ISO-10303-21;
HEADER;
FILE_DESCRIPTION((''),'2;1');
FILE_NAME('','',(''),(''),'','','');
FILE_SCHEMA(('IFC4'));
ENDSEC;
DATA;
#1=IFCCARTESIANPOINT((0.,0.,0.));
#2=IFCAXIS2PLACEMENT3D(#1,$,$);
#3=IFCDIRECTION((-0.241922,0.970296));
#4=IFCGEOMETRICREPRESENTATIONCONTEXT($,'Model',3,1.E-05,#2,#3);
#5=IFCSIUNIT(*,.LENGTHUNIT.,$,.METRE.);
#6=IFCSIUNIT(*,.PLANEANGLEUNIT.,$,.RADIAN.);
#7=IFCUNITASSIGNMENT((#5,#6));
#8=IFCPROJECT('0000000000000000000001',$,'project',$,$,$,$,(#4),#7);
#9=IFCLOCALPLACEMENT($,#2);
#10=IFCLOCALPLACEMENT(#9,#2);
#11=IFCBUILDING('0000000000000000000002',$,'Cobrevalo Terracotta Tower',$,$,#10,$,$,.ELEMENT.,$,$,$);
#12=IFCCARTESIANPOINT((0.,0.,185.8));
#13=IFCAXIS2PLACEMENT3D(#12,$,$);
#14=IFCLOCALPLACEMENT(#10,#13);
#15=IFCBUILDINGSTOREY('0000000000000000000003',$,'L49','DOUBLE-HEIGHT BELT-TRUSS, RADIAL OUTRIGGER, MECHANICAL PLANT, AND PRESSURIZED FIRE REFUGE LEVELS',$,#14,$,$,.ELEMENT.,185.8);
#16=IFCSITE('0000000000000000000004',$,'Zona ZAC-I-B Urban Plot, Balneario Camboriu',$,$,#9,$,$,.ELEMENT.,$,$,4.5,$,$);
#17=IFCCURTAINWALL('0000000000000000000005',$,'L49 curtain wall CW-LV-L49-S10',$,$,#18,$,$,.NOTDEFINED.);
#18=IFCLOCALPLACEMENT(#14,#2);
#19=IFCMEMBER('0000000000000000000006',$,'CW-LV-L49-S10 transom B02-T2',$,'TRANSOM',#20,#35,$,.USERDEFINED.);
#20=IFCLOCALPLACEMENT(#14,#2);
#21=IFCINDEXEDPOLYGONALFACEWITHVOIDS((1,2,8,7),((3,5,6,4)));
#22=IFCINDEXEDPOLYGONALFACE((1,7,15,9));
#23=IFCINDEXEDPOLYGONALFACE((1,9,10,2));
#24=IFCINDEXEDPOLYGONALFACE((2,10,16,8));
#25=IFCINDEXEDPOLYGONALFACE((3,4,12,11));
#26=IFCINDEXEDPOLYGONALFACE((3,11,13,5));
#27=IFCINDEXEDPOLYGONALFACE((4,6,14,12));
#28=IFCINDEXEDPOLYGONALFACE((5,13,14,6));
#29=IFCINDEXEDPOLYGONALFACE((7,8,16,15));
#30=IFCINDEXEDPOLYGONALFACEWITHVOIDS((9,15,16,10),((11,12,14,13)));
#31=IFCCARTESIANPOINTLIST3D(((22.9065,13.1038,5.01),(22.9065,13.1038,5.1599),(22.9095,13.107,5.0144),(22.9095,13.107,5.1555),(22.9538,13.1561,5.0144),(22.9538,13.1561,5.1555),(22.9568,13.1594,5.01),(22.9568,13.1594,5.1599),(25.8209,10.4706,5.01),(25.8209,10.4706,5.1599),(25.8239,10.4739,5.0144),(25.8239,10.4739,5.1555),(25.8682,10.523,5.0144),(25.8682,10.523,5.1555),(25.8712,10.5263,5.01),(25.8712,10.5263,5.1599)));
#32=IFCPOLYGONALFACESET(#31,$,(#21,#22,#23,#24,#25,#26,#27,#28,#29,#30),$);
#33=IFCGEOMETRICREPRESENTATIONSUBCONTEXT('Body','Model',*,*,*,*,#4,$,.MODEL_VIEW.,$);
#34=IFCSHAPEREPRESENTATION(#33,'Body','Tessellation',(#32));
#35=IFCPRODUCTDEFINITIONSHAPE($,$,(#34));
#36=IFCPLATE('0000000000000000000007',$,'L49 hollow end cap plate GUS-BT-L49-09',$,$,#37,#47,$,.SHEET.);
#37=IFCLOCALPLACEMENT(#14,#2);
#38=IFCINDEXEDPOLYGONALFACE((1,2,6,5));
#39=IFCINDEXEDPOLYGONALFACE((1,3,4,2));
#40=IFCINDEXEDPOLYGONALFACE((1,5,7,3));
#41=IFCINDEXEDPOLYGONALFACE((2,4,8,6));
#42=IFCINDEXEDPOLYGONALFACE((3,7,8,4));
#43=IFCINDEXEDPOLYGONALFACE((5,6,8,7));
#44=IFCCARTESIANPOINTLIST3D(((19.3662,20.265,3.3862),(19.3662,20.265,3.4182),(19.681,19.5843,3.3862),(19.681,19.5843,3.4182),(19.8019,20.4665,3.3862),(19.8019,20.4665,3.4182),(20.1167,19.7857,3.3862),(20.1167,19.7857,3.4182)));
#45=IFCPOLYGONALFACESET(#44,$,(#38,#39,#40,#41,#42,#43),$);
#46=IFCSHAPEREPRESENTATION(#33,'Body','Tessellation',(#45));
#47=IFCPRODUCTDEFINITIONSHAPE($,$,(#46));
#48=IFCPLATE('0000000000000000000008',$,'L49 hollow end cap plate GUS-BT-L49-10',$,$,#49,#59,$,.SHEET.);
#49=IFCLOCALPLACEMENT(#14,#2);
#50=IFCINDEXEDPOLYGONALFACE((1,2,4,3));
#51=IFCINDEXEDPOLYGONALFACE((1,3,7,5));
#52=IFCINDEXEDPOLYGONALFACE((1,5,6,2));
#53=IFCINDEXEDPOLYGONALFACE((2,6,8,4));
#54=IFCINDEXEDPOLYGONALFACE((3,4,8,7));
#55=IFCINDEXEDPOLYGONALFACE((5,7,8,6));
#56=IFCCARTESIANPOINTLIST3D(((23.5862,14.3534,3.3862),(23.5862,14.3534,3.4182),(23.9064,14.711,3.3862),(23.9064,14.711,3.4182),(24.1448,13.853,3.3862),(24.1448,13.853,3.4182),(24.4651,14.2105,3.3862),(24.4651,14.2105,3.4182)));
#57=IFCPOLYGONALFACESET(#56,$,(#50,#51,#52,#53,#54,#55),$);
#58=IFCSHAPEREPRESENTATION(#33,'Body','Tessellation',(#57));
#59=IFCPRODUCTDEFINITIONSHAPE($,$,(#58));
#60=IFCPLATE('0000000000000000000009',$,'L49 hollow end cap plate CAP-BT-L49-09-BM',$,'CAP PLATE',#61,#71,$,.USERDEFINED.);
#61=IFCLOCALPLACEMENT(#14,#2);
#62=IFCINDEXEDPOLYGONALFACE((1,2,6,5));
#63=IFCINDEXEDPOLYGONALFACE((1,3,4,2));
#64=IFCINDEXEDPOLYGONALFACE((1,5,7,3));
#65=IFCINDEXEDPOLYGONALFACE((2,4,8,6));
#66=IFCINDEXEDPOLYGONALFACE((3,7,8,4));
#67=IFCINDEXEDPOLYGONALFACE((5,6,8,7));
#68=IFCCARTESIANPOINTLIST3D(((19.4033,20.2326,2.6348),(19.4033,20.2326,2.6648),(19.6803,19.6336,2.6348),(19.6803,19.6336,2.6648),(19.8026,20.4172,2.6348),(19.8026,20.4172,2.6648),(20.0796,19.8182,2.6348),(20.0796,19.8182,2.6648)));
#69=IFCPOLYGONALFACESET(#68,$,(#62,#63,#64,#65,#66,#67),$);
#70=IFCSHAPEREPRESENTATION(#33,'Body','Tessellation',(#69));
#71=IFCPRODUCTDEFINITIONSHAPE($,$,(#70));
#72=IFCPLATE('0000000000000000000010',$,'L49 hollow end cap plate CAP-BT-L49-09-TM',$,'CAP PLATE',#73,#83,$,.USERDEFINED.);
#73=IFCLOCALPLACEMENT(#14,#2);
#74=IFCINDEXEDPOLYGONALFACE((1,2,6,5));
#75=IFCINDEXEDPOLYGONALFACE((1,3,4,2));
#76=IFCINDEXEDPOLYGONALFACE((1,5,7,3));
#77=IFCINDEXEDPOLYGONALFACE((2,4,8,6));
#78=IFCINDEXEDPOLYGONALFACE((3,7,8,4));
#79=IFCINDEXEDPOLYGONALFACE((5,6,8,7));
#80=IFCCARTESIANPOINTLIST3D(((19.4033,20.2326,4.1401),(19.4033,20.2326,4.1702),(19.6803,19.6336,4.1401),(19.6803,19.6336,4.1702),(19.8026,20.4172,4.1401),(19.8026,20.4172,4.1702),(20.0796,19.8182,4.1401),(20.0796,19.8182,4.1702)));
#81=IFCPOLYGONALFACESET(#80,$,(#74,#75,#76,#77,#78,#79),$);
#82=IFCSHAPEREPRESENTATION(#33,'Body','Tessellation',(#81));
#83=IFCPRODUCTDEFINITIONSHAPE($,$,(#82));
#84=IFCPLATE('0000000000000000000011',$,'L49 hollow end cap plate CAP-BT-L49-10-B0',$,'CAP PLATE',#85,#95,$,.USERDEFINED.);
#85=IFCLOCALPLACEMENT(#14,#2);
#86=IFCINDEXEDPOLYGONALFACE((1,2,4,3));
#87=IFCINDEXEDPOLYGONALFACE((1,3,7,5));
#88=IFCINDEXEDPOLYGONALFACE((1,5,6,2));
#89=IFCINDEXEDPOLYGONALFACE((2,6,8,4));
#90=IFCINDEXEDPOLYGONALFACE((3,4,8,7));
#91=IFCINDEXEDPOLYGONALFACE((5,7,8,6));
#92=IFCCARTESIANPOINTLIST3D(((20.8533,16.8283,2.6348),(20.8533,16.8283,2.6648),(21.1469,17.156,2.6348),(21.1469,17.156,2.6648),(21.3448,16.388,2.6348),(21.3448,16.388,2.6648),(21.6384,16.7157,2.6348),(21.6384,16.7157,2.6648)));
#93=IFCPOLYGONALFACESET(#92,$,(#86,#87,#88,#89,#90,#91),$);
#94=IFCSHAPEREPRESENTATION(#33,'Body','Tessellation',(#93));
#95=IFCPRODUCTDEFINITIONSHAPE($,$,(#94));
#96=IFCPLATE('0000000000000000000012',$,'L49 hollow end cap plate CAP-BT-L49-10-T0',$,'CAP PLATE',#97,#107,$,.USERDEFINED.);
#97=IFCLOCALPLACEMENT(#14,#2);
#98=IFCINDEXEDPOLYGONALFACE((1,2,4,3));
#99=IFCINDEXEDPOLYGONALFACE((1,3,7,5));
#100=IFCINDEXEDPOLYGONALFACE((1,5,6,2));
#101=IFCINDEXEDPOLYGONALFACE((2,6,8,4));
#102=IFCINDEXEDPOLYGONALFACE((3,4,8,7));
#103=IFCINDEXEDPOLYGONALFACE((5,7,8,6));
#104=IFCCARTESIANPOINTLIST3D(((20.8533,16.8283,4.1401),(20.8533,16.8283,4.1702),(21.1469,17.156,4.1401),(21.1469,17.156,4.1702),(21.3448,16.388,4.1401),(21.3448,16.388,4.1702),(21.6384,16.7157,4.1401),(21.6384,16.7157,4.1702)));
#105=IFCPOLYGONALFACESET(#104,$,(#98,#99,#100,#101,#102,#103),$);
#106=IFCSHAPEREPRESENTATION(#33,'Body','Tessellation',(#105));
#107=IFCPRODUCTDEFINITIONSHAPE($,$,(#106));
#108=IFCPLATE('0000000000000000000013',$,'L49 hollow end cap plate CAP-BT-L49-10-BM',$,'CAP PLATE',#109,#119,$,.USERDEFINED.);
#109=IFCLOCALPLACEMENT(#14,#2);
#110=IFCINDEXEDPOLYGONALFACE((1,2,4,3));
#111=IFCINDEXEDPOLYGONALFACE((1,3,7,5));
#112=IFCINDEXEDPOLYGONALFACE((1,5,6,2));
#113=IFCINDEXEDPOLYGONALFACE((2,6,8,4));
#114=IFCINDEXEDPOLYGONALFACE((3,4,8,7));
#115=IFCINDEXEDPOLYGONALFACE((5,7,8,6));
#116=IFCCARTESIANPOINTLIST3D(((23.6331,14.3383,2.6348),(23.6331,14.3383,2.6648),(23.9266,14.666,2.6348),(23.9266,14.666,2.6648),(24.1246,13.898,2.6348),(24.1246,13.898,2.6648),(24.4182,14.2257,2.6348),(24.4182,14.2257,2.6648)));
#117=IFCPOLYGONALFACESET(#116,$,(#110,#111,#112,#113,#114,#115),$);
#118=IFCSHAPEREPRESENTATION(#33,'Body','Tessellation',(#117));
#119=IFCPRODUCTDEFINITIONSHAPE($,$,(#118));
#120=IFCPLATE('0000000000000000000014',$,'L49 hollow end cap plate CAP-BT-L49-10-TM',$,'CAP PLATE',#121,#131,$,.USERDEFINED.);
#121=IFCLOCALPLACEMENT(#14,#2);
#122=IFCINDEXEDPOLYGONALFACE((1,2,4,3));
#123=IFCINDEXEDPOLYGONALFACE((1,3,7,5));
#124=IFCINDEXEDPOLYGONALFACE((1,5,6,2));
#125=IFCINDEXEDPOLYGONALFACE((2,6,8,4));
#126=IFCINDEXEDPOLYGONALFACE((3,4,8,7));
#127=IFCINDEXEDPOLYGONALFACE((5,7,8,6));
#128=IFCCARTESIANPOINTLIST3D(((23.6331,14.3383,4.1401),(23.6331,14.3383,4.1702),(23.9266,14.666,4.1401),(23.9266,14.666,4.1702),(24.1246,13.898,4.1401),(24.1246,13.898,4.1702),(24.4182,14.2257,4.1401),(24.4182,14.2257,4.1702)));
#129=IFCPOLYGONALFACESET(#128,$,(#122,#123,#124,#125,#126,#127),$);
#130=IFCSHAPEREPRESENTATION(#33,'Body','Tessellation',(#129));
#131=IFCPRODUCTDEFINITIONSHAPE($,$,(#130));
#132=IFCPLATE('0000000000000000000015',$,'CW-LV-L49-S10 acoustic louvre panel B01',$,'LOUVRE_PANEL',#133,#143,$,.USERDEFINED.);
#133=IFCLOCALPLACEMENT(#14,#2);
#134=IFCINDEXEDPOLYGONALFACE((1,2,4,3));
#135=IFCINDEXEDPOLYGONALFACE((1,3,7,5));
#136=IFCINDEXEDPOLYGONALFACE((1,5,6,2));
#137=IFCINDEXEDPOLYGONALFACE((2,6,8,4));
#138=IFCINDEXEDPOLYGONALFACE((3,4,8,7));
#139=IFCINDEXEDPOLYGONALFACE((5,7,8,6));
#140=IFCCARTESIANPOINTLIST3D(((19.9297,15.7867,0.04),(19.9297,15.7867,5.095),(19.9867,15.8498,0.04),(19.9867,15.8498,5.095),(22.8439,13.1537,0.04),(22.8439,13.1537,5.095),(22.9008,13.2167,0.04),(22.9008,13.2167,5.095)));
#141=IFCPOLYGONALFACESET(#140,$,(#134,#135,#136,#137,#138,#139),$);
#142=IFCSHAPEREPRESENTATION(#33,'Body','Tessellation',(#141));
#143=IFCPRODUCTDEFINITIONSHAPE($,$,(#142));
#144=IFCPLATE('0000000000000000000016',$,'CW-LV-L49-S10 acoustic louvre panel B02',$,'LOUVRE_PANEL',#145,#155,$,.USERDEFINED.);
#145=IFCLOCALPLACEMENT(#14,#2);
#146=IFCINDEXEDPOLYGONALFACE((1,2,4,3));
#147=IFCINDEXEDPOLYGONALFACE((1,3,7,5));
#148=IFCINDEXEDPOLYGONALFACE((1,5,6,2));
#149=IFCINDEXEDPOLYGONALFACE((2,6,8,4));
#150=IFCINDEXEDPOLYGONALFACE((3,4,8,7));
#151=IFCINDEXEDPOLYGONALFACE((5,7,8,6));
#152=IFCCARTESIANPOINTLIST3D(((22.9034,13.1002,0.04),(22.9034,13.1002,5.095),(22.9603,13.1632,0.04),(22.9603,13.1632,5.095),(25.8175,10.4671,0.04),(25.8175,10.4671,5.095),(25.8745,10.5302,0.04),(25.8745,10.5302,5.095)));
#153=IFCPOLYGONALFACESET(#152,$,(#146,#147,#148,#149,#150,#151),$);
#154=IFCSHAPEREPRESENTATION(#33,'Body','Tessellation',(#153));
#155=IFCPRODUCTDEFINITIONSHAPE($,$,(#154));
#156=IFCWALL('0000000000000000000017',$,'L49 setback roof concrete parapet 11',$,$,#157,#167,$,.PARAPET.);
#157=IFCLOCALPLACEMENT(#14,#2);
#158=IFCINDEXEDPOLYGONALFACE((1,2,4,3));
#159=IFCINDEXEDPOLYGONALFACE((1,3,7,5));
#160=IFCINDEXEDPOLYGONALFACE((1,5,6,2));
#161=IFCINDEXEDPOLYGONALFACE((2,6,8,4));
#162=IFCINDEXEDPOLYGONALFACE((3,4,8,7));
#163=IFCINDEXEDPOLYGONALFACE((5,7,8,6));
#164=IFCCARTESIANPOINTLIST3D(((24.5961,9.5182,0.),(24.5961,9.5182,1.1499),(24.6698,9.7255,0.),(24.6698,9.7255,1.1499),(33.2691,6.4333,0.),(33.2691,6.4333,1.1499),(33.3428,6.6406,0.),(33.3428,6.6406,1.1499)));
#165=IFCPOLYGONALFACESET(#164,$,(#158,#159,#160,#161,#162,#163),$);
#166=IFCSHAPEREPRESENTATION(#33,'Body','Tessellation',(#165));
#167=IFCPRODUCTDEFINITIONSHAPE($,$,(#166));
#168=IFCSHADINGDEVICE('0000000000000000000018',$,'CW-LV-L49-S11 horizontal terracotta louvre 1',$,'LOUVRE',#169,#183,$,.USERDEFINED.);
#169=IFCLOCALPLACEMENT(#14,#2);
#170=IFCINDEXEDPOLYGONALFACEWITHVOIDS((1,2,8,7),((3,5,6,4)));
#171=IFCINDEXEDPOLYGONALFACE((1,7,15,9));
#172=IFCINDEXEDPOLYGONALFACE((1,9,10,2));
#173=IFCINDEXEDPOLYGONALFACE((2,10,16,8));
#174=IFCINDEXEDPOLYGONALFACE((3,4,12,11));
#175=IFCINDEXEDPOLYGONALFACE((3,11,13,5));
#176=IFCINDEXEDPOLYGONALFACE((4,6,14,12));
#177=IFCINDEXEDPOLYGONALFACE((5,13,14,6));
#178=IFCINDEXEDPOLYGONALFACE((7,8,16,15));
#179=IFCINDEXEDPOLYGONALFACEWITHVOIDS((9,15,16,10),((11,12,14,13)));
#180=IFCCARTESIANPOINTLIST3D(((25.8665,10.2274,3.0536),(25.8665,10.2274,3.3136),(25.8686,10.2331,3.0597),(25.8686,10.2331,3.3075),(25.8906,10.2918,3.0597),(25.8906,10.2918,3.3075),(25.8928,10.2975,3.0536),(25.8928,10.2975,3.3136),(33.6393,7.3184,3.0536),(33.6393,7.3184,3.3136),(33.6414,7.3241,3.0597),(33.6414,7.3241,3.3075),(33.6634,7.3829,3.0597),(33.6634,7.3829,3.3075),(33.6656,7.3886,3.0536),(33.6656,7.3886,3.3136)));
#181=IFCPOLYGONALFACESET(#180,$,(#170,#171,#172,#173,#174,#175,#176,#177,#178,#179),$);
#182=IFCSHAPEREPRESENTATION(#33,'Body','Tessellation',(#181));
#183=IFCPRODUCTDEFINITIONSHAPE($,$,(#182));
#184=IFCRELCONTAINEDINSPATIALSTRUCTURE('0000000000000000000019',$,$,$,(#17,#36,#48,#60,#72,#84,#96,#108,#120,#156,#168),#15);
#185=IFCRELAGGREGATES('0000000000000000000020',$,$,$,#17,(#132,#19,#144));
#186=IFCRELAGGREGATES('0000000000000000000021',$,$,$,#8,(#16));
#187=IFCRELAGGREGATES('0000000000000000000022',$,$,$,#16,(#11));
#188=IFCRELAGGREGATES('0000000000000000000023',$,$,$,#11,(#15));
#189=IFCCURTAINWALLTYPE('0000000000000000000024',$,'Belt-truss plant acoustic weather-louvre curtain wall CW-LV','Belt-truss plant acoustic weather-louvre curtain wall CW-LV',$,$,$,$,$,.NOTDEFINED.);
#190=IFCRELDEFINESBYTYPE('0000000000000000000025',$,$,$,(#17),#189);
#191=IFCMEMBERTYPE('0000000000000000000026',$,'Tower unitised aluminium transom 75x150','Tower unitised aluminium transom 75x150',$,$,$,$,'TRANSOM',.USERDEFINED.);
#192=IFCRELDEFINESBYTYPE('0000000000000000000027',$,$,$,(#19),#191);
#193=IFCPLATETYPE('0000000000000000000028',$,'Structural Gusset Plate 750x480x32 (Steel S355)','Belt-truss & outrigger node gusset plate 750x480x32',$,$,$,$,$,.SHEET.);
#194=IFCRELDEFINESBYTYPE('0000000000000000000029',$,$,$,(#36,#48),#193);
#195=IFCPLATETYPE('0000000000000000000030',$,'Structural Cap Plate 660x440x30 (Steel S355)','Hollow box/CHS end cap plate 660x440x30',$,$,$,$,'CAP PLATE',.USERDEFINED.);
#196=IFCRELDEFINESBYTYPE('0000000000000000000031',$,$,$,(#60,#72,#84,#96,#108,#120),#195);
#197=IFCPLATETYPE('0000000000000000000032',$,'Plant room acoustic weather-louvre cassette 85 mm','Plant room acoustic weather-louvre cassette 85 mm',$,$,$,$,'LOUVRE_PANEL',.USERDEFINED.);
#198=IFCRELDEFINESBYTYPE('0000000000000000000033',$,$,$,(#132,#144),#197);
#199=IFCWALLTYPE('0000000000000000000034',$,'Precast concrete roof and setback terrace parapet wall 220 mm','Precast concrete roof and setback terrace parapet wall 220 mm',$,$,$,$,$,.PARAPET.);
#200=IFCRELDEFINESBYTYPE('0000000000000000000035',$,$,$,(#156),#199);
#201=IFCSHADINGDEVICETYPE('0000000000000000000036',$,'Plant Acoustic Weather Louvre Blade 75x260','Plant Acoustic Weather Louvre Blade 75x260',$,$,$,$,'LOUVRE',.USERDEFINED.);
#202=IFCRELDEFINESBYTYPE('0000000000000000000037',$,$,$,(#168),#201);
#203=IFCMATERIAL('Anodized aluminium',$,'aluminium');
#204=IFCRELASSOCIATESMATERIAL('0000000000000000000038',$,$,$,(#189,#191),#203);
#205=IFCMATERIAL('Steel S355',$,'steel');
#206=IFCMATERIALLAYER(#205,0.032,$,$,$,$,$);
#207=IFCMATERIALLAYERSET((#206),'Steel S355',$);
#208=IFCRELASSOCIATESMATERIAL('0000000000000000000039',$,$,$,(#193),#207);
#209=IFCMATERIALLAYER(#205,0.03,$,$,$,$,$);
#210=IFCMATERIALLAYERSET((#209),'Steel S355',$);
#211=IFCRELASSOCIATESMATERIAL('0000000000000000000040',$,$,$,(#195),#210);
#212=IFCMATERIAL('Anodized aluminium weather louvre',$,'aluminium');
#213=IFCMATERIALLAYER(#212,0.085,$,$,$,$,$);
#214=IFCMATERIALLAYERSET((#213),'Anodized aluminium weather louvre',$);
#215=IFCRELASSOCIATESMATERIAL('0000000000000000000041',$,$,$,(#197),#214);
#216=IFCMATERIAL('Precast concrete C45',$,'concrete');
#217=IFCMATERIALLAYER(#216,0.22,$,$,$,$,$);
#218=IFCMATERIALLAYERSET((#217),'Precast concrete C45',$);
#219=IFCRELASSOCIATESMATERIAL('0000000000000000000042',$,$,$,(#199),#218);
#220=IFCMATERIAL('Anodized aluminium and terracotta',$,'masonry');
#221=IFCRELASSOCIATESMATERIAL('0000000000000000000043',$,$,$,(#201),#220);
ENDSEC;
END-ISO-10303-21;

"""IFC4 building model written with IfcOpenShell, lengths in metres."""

from ifc_helpers import new_model, si_unit, direction, frame, frame_2d, origin, origin_2d, place, context, subcontext, project, spatial, rectangle, hollow_rectangle, extrude, source, transform, mapped, material, layer, layer_set, material_profile, profile_set, type_object, element, aggregate, save


model = new_model("IFC4")

# Units and contexts
model_context = context("Model", 3, precision=1e-05, world=origin(), true_north=direction((-0.241922, 0.970296)))
body_context = subcontext(model_context, "Body", "Model", "MODEL_VIEW")
ifc_project = project(units=[si_unit("LENGTHUNIT", "METRE"), si_unit("PLANEANGLEUNIT", "RADIAN")], contexts=[model_context])

# Site, building, storey
site_placement = place(None, origin())
site = spatial("IfcSite", under=ifc_project, at=site_placement, Name="Zona ZAC-I-B Urban Plot, Balneario Camboriu", CompositionType="ELEMENT", RefElevation=4.5)
building_placement = place(site_placement, origin())
building = spatial("IfcBuilding", under=site, at=building_placement, Name="Cobrevalo Terracotta Tower", CompositionType="ELEMENT")
storey_placement = place(building_placement, frame((0.0, 0.0, 185.8)))
storey = spatial("IfcBuildingStorey", under=building, at=storey_placement, Name="L49", Description="DOUBLE-HEIGHT BELT-TRUSS, RADIAL OUTRIGGER, MECHANICAL PLANT, AND PRESSURIZED FIRE REFUGE LEVELS", CompositionType="ELEMENT", Elevation=185.8)

# Shared definitions
ifc_material_1 = material(Name="Steel S355", Category="steel")

# Shared definitions
ifc_material_2 = material(Name="Anodized aluminium", Category="aluminium")
curtain_wall_type = type_object("IfcCurtainWallType", Name="Belt-truss plant acoustic weather-louvre curtain wall CW-LV", Description="Belt-truss plant acoustic weather-louvre curtain wall CW-LV", PredefinedType="NOTDEFINED", material=ifc_material_2)

# Curtain wall, member
curtain_wall_1_placement = place(storey_placement, origin())
curtain_wall_1 = element("IfcCurtainWall", 1, at=curtain_wall_1_placement, inside=storey, type_object=curtain_wall_type, Name="L49 curtain wall CW-LV-L49-S10", PredefinedType="NOTDEFINED")
ifc_material_profile_1 = material_profile(ifc_material_2, hollow_rectangle(XDim=0.075, YDim=0.1499, WallThickness=0.0044, at=origin_2d()), Name="CWT 75x150")
ifc_profile_set_1 = profile_set([ifc_material_profile_1], Name="Anodized aluminium")
member_type_1 = type_object("IfcMemberType", Name="Tower unitised aluminium transom 75x150", Description="Tower unitised aluminium transom 75x150", ElementType="TRANSOM", PredefinedType="USERDEFINED", material=ifc_profile_set_1)
shared_shape_1 = source(origin(), body_context, "Body", "SweptSolid", [
    extrude(hollow_rectangle(XDim=0.075, YDim=0.1499, WallThickness=0.0044, at=origin_2d()), origin(), (0.0, 0.0, 1.0), 3.9277),
])
member_1_placement = place(storey_placement, frame((22.9316, 13.1316, 5.085), z_axis=(0.742004, -0.670396, 0.0), x_axis=(0.670396, 0.742004, 0.0)))
member_1 = element("IfcMember", 2, at=member_1_placement, type_object=member_type_1, Name="CW-LV-L49-S10 transom B02-T2", ObjectType="TRANSOM", PredefinedType="USERDEFINED", context=body_context, shape_type="MappedRepresentation", body=[
    mapped(shared_shape_1, transform((0.0, 0.0, 0.0), scale=1.0)),
])

# Plates
ifc_layer_1 = layer(ifc_material_1, 0.032)
ifc_layer_set_1 = layer_set([ifc_layer_1], Name="Steel S355")
plate_type_1 = type_object("IfcPlateType", Name="Structural Gusset Plate 750x480x32 (Steel S355)", Description="Belt-truss & outrigger node gusset plate 750x480x32", PredefinedType="SHEET", material=ifc_layer_set_1)
shared_shape_2 = source(origin(), body_context, "Body", "SweptSolid", [
    extrude(rectangle(XDim=0.75, YDim=0.48, at=origin_2d()), origin(), (0.0, 0.0, 1.0), 0.032),
])
for number, where, z_axis, x_axis, name in (
    (3, (19.7415, 20.0254, 3.3862), (0.0, 0.0, 1.0), (0.419706, -0.90766, 0.0), "L49 hollow end cap plate GUS-BT-L49-09"),
    (4, (24.0256, 14.282, 3.3862), (0.0, 0.0, 1.0), (0.744854, -0.667227, 0.0), "L49 hollow end cap plate GUS-BT-L49-10"),
):
    element("IfcPlate", number, at=place(storey_placement, frame(where, z_axis=z_axis, x_axis=x_axis)), inside=storey, type_object=plate_type_1, Name=name, PredefinedType="SHEET", context=body_context, shape_type="MappedRepresentation", body=[
        mapped(shared_shape_2, transform((0.0, 0.0, 0.0), scale=1.0)),
    ])
ifc_layer_2 = layer(ifc_material_1, 0.03)
ifc_layer_set_2 = layer_set([ifc_layer_2], Name="Steel S355")
plate_type_2 = type_object("IfcPlateType", Name="Structural Cap Plate 660x440x30 (Steel S355)", Description="Hollow box/CHS end cap plate 660x440x30", ElementType="CAP PLATE", PredefinedType="USERDEFINED", material=ifc_layer_set_2)
shared_shape_3 = source(origin(), body_context, "Body", "SweptSolid", [
    extrude(rectangle(XDim=0.6599, YDim=0.4399, at=origin_2d()), origin(), (0.0, 0.0, 1.0), 0.03),
])
for number, where, z_axis, x_axis, name in (
    (5, (19.7415, 20.0254, 2.6348), (0.0, 0.0, 1.0), (0.419706, -0.90766, 0.0), "L49 hollow end cap plate CAP-BT-L49-09-BM"),
    (6, (19.7415, 20.0254, 4.1401), (0.0, 0.0, 1.0), (0.419706, -0.90766, 0.0), "L49 hollow end cap plate CAP-BT-L49-09-TM"),
    (7, (21.2458, 16.772, 2.6348), (0.0, 0.0, 1.0), (0.744854, -0.667227, 0.0), "L49 hollow end cap plate CAP-BT-L49-10-B0"),
    (8, (21.2458, 16.772, 4.1401), (0.0, 0.0, 1.0), (0.744854, -0.667227, 0.0), "L49 hollow end cap plate CAP-BT-L49-10-T0"),
    (9, (24.0256, 14.282, 2.6348), (0.0, 0.0, 1.0), (0.744854, -0.667227, 0.0), "L49 hollow end cap plate CAP-BT-L49-10-BM"),
    (10, (24.0256, 14.282, 4.1401), (0.0, 0.0, 1.0), (0.744854, -0.667227, 0.0), "L49 hollow end cap plate CAP-BT-L49-10-TM"),
):
    element("IfcPlate", number, at=place(storey_placement, frame(where, z_axis=z_axis, x_axis=x_axis)), inside=storey, type_object=plate_type_2, Name=name, ObjectType="CAP PLATE", PredefinedType="USERDEFINED", context=body_context, shape_type="MappedRepresentation", body=[
        mapped(shared_shape_3, transform((0.0, 0.0, 0.0), scale=1.0)),
    ])

# Plates
ifc_material_3 = material(Name="Anodized aluminium weather louvre", Category="aluminium")
ifc_layer_3 = layer(ifc_material_3, 0.085)
ifc_layer_set_3 = layer_set([ifc_layer_3], Name="Anodized aluminium weather louvre")
plate_type_3 = type_object("IfcPlateType", Name="Plant room acoustic weather-louvre cassette 85 mm", Description="Plant room acoustic weather-louvre cassette 85 mm", ElementType="LOUVRE_PANEL", PredefinedType="USERDEFINED", material=ifc_layer_set_3)
shared_shape_4 = source(origin(), body_context, "Body", "SweptSolid", [
    extrude(rectangle(XDim=3.9275, YDim=0.085, at=origin_2d()), origin(), (0.0, 0.0, 1.0), 5.0549),
])
plate_1_placement = place(storey_placement, frame((21.4153, 14.5017, 0.04), z_axis=(0.0, 0.0, 1.0), x_axis=(0.741988, -0.670414, 0.0)))
plate_1 = element("IfcPlate", 11, at=plate_1_placement, type_object=plate_type_3, Name="CW-LV-L49-S10 acoustic louvre panel B01", ObjectType="LOUVRE_PANEL", PredefinedType="USERDEFINED", context=body_context, shape_type="MappedRepresentation", body=[
    mapped(shared_shape_4, transform((0.0, 0.0, 0.0), scale=1.0)),
])
plate_2_placement = place(storey_placement, frame((24.3889, 11.8152, 0.04), z_axis=(0.0, 0.0, 1.0), x_axis=(0.741988, -0.670414, 0.0)))
plate_2 = element("IfcPlate", 12, at=plate_2_placement, type_object=plate_type_3, Name="CW-LV-L49-S10 acoustic louvre panel B02", ObjectType="LOUVRE_PANEL", PredefinedType="USERDEFINED", context=body_context, shape_type="MappedRepresentation", body=[
    mapped(shared_shape_4, transform((0.0, 0.0, 0.0), scale=1.0)),
])
aggregate(curtain_wall_1, [plate_1, member_1, plate_2])

# Wall
ifc_material_4 = material(Name="Precast concrete C45", Category="concrete")
ifc_layer_4 = layer(ifc_material_4, 0.22)
ifc_layer_set_4 = layer_set([ifc_layer_4], Name="Precast concrete C45")
wall_type = type_object("IfcWallType", Name="Precast concrete roof and setback terrace parapet wall 220 mm", Description="Precast concrete roof and setback terrace parapet wall 220 mm", PredefinedType="PARAPET", material=ifc_layer_set_4)
wall_placement = place(storey_placement, frame((24.6331, 9.6218, 0.0), z_axis=(0.0, 0.0, 1.0), x_axis=(0.942174, -0.335125, 0.0)))
element("IfcWall", 13, at=wall_placement, inside=storey, type_object=wall_type, Name="L49 setback roof concrete parapet 11", PredefinedType="PARAPET", context=body_context, shape_type="SweptSolid", body=[
    extrude(rectangle(XDim=9.2053, YDim=0.22, at=frame_2d((4.6025, 0.0))), origin(), (0.0, 0.0, 1.0), 1.1499),
])

# Shading device
ifc_material_5 = material(Name="Anodized aluminium and terracotta", Category="masonry")
ifc_material_profile_2 = material_profile(ifc_material_5, hollow_rectangle(XDim=0.075, YDim=0.26, WallThickness=0.0061, at=origin_2d()), Name="LOUVRE BLADE 75x260")
ifc_profile_set_2 = profile_set([ifc_material_profile_2], Name="Anodized aluminium and terracotta")
shading_device_type = type_object("IfcShadingDeviceType", Name="Plant Acoustic Weather Louvre Blade 75x260", Description="Plant Acoustic Weather Louvre Blade 75x260", ElementType="LOUVRE", PredefinedType="USERDEFINED", material=ifc_profile_set_2)
shared_shape_5 = source(origin(), body_context, "Body", "SweptSolid", [
    extrude(hollow_rectangle(XDim=0.075, YDim=0.26, WallThickness=0.0061, at=origin_2d()), origin(), (0.0, 0.0, 1.0), 8.2993),
])
shading_device_placement = place(storey_placement, frame((25.8796, 10.2625, 3.1836), z_axis=(0.93656, -0.350508, 0.0), x_axis=(0.350508, 0.93656, 0.0)))
element("IfcShadingDevice", 14, at=shading_device_placement, inside=storey, type_object=shading_device_type, Name="CW-LV-L49-S11 horizontal terracotta louvre 1", ObjectType="LOUVRE", PredefinedType="USERDEFINED", context=body_context, shape_type="MappedRepresentation", body=[
    mapped(shared_shape_5, transform((0.0, 0.0, 0.0), scale=1.0)),
])

save(model, "model.ifc")
